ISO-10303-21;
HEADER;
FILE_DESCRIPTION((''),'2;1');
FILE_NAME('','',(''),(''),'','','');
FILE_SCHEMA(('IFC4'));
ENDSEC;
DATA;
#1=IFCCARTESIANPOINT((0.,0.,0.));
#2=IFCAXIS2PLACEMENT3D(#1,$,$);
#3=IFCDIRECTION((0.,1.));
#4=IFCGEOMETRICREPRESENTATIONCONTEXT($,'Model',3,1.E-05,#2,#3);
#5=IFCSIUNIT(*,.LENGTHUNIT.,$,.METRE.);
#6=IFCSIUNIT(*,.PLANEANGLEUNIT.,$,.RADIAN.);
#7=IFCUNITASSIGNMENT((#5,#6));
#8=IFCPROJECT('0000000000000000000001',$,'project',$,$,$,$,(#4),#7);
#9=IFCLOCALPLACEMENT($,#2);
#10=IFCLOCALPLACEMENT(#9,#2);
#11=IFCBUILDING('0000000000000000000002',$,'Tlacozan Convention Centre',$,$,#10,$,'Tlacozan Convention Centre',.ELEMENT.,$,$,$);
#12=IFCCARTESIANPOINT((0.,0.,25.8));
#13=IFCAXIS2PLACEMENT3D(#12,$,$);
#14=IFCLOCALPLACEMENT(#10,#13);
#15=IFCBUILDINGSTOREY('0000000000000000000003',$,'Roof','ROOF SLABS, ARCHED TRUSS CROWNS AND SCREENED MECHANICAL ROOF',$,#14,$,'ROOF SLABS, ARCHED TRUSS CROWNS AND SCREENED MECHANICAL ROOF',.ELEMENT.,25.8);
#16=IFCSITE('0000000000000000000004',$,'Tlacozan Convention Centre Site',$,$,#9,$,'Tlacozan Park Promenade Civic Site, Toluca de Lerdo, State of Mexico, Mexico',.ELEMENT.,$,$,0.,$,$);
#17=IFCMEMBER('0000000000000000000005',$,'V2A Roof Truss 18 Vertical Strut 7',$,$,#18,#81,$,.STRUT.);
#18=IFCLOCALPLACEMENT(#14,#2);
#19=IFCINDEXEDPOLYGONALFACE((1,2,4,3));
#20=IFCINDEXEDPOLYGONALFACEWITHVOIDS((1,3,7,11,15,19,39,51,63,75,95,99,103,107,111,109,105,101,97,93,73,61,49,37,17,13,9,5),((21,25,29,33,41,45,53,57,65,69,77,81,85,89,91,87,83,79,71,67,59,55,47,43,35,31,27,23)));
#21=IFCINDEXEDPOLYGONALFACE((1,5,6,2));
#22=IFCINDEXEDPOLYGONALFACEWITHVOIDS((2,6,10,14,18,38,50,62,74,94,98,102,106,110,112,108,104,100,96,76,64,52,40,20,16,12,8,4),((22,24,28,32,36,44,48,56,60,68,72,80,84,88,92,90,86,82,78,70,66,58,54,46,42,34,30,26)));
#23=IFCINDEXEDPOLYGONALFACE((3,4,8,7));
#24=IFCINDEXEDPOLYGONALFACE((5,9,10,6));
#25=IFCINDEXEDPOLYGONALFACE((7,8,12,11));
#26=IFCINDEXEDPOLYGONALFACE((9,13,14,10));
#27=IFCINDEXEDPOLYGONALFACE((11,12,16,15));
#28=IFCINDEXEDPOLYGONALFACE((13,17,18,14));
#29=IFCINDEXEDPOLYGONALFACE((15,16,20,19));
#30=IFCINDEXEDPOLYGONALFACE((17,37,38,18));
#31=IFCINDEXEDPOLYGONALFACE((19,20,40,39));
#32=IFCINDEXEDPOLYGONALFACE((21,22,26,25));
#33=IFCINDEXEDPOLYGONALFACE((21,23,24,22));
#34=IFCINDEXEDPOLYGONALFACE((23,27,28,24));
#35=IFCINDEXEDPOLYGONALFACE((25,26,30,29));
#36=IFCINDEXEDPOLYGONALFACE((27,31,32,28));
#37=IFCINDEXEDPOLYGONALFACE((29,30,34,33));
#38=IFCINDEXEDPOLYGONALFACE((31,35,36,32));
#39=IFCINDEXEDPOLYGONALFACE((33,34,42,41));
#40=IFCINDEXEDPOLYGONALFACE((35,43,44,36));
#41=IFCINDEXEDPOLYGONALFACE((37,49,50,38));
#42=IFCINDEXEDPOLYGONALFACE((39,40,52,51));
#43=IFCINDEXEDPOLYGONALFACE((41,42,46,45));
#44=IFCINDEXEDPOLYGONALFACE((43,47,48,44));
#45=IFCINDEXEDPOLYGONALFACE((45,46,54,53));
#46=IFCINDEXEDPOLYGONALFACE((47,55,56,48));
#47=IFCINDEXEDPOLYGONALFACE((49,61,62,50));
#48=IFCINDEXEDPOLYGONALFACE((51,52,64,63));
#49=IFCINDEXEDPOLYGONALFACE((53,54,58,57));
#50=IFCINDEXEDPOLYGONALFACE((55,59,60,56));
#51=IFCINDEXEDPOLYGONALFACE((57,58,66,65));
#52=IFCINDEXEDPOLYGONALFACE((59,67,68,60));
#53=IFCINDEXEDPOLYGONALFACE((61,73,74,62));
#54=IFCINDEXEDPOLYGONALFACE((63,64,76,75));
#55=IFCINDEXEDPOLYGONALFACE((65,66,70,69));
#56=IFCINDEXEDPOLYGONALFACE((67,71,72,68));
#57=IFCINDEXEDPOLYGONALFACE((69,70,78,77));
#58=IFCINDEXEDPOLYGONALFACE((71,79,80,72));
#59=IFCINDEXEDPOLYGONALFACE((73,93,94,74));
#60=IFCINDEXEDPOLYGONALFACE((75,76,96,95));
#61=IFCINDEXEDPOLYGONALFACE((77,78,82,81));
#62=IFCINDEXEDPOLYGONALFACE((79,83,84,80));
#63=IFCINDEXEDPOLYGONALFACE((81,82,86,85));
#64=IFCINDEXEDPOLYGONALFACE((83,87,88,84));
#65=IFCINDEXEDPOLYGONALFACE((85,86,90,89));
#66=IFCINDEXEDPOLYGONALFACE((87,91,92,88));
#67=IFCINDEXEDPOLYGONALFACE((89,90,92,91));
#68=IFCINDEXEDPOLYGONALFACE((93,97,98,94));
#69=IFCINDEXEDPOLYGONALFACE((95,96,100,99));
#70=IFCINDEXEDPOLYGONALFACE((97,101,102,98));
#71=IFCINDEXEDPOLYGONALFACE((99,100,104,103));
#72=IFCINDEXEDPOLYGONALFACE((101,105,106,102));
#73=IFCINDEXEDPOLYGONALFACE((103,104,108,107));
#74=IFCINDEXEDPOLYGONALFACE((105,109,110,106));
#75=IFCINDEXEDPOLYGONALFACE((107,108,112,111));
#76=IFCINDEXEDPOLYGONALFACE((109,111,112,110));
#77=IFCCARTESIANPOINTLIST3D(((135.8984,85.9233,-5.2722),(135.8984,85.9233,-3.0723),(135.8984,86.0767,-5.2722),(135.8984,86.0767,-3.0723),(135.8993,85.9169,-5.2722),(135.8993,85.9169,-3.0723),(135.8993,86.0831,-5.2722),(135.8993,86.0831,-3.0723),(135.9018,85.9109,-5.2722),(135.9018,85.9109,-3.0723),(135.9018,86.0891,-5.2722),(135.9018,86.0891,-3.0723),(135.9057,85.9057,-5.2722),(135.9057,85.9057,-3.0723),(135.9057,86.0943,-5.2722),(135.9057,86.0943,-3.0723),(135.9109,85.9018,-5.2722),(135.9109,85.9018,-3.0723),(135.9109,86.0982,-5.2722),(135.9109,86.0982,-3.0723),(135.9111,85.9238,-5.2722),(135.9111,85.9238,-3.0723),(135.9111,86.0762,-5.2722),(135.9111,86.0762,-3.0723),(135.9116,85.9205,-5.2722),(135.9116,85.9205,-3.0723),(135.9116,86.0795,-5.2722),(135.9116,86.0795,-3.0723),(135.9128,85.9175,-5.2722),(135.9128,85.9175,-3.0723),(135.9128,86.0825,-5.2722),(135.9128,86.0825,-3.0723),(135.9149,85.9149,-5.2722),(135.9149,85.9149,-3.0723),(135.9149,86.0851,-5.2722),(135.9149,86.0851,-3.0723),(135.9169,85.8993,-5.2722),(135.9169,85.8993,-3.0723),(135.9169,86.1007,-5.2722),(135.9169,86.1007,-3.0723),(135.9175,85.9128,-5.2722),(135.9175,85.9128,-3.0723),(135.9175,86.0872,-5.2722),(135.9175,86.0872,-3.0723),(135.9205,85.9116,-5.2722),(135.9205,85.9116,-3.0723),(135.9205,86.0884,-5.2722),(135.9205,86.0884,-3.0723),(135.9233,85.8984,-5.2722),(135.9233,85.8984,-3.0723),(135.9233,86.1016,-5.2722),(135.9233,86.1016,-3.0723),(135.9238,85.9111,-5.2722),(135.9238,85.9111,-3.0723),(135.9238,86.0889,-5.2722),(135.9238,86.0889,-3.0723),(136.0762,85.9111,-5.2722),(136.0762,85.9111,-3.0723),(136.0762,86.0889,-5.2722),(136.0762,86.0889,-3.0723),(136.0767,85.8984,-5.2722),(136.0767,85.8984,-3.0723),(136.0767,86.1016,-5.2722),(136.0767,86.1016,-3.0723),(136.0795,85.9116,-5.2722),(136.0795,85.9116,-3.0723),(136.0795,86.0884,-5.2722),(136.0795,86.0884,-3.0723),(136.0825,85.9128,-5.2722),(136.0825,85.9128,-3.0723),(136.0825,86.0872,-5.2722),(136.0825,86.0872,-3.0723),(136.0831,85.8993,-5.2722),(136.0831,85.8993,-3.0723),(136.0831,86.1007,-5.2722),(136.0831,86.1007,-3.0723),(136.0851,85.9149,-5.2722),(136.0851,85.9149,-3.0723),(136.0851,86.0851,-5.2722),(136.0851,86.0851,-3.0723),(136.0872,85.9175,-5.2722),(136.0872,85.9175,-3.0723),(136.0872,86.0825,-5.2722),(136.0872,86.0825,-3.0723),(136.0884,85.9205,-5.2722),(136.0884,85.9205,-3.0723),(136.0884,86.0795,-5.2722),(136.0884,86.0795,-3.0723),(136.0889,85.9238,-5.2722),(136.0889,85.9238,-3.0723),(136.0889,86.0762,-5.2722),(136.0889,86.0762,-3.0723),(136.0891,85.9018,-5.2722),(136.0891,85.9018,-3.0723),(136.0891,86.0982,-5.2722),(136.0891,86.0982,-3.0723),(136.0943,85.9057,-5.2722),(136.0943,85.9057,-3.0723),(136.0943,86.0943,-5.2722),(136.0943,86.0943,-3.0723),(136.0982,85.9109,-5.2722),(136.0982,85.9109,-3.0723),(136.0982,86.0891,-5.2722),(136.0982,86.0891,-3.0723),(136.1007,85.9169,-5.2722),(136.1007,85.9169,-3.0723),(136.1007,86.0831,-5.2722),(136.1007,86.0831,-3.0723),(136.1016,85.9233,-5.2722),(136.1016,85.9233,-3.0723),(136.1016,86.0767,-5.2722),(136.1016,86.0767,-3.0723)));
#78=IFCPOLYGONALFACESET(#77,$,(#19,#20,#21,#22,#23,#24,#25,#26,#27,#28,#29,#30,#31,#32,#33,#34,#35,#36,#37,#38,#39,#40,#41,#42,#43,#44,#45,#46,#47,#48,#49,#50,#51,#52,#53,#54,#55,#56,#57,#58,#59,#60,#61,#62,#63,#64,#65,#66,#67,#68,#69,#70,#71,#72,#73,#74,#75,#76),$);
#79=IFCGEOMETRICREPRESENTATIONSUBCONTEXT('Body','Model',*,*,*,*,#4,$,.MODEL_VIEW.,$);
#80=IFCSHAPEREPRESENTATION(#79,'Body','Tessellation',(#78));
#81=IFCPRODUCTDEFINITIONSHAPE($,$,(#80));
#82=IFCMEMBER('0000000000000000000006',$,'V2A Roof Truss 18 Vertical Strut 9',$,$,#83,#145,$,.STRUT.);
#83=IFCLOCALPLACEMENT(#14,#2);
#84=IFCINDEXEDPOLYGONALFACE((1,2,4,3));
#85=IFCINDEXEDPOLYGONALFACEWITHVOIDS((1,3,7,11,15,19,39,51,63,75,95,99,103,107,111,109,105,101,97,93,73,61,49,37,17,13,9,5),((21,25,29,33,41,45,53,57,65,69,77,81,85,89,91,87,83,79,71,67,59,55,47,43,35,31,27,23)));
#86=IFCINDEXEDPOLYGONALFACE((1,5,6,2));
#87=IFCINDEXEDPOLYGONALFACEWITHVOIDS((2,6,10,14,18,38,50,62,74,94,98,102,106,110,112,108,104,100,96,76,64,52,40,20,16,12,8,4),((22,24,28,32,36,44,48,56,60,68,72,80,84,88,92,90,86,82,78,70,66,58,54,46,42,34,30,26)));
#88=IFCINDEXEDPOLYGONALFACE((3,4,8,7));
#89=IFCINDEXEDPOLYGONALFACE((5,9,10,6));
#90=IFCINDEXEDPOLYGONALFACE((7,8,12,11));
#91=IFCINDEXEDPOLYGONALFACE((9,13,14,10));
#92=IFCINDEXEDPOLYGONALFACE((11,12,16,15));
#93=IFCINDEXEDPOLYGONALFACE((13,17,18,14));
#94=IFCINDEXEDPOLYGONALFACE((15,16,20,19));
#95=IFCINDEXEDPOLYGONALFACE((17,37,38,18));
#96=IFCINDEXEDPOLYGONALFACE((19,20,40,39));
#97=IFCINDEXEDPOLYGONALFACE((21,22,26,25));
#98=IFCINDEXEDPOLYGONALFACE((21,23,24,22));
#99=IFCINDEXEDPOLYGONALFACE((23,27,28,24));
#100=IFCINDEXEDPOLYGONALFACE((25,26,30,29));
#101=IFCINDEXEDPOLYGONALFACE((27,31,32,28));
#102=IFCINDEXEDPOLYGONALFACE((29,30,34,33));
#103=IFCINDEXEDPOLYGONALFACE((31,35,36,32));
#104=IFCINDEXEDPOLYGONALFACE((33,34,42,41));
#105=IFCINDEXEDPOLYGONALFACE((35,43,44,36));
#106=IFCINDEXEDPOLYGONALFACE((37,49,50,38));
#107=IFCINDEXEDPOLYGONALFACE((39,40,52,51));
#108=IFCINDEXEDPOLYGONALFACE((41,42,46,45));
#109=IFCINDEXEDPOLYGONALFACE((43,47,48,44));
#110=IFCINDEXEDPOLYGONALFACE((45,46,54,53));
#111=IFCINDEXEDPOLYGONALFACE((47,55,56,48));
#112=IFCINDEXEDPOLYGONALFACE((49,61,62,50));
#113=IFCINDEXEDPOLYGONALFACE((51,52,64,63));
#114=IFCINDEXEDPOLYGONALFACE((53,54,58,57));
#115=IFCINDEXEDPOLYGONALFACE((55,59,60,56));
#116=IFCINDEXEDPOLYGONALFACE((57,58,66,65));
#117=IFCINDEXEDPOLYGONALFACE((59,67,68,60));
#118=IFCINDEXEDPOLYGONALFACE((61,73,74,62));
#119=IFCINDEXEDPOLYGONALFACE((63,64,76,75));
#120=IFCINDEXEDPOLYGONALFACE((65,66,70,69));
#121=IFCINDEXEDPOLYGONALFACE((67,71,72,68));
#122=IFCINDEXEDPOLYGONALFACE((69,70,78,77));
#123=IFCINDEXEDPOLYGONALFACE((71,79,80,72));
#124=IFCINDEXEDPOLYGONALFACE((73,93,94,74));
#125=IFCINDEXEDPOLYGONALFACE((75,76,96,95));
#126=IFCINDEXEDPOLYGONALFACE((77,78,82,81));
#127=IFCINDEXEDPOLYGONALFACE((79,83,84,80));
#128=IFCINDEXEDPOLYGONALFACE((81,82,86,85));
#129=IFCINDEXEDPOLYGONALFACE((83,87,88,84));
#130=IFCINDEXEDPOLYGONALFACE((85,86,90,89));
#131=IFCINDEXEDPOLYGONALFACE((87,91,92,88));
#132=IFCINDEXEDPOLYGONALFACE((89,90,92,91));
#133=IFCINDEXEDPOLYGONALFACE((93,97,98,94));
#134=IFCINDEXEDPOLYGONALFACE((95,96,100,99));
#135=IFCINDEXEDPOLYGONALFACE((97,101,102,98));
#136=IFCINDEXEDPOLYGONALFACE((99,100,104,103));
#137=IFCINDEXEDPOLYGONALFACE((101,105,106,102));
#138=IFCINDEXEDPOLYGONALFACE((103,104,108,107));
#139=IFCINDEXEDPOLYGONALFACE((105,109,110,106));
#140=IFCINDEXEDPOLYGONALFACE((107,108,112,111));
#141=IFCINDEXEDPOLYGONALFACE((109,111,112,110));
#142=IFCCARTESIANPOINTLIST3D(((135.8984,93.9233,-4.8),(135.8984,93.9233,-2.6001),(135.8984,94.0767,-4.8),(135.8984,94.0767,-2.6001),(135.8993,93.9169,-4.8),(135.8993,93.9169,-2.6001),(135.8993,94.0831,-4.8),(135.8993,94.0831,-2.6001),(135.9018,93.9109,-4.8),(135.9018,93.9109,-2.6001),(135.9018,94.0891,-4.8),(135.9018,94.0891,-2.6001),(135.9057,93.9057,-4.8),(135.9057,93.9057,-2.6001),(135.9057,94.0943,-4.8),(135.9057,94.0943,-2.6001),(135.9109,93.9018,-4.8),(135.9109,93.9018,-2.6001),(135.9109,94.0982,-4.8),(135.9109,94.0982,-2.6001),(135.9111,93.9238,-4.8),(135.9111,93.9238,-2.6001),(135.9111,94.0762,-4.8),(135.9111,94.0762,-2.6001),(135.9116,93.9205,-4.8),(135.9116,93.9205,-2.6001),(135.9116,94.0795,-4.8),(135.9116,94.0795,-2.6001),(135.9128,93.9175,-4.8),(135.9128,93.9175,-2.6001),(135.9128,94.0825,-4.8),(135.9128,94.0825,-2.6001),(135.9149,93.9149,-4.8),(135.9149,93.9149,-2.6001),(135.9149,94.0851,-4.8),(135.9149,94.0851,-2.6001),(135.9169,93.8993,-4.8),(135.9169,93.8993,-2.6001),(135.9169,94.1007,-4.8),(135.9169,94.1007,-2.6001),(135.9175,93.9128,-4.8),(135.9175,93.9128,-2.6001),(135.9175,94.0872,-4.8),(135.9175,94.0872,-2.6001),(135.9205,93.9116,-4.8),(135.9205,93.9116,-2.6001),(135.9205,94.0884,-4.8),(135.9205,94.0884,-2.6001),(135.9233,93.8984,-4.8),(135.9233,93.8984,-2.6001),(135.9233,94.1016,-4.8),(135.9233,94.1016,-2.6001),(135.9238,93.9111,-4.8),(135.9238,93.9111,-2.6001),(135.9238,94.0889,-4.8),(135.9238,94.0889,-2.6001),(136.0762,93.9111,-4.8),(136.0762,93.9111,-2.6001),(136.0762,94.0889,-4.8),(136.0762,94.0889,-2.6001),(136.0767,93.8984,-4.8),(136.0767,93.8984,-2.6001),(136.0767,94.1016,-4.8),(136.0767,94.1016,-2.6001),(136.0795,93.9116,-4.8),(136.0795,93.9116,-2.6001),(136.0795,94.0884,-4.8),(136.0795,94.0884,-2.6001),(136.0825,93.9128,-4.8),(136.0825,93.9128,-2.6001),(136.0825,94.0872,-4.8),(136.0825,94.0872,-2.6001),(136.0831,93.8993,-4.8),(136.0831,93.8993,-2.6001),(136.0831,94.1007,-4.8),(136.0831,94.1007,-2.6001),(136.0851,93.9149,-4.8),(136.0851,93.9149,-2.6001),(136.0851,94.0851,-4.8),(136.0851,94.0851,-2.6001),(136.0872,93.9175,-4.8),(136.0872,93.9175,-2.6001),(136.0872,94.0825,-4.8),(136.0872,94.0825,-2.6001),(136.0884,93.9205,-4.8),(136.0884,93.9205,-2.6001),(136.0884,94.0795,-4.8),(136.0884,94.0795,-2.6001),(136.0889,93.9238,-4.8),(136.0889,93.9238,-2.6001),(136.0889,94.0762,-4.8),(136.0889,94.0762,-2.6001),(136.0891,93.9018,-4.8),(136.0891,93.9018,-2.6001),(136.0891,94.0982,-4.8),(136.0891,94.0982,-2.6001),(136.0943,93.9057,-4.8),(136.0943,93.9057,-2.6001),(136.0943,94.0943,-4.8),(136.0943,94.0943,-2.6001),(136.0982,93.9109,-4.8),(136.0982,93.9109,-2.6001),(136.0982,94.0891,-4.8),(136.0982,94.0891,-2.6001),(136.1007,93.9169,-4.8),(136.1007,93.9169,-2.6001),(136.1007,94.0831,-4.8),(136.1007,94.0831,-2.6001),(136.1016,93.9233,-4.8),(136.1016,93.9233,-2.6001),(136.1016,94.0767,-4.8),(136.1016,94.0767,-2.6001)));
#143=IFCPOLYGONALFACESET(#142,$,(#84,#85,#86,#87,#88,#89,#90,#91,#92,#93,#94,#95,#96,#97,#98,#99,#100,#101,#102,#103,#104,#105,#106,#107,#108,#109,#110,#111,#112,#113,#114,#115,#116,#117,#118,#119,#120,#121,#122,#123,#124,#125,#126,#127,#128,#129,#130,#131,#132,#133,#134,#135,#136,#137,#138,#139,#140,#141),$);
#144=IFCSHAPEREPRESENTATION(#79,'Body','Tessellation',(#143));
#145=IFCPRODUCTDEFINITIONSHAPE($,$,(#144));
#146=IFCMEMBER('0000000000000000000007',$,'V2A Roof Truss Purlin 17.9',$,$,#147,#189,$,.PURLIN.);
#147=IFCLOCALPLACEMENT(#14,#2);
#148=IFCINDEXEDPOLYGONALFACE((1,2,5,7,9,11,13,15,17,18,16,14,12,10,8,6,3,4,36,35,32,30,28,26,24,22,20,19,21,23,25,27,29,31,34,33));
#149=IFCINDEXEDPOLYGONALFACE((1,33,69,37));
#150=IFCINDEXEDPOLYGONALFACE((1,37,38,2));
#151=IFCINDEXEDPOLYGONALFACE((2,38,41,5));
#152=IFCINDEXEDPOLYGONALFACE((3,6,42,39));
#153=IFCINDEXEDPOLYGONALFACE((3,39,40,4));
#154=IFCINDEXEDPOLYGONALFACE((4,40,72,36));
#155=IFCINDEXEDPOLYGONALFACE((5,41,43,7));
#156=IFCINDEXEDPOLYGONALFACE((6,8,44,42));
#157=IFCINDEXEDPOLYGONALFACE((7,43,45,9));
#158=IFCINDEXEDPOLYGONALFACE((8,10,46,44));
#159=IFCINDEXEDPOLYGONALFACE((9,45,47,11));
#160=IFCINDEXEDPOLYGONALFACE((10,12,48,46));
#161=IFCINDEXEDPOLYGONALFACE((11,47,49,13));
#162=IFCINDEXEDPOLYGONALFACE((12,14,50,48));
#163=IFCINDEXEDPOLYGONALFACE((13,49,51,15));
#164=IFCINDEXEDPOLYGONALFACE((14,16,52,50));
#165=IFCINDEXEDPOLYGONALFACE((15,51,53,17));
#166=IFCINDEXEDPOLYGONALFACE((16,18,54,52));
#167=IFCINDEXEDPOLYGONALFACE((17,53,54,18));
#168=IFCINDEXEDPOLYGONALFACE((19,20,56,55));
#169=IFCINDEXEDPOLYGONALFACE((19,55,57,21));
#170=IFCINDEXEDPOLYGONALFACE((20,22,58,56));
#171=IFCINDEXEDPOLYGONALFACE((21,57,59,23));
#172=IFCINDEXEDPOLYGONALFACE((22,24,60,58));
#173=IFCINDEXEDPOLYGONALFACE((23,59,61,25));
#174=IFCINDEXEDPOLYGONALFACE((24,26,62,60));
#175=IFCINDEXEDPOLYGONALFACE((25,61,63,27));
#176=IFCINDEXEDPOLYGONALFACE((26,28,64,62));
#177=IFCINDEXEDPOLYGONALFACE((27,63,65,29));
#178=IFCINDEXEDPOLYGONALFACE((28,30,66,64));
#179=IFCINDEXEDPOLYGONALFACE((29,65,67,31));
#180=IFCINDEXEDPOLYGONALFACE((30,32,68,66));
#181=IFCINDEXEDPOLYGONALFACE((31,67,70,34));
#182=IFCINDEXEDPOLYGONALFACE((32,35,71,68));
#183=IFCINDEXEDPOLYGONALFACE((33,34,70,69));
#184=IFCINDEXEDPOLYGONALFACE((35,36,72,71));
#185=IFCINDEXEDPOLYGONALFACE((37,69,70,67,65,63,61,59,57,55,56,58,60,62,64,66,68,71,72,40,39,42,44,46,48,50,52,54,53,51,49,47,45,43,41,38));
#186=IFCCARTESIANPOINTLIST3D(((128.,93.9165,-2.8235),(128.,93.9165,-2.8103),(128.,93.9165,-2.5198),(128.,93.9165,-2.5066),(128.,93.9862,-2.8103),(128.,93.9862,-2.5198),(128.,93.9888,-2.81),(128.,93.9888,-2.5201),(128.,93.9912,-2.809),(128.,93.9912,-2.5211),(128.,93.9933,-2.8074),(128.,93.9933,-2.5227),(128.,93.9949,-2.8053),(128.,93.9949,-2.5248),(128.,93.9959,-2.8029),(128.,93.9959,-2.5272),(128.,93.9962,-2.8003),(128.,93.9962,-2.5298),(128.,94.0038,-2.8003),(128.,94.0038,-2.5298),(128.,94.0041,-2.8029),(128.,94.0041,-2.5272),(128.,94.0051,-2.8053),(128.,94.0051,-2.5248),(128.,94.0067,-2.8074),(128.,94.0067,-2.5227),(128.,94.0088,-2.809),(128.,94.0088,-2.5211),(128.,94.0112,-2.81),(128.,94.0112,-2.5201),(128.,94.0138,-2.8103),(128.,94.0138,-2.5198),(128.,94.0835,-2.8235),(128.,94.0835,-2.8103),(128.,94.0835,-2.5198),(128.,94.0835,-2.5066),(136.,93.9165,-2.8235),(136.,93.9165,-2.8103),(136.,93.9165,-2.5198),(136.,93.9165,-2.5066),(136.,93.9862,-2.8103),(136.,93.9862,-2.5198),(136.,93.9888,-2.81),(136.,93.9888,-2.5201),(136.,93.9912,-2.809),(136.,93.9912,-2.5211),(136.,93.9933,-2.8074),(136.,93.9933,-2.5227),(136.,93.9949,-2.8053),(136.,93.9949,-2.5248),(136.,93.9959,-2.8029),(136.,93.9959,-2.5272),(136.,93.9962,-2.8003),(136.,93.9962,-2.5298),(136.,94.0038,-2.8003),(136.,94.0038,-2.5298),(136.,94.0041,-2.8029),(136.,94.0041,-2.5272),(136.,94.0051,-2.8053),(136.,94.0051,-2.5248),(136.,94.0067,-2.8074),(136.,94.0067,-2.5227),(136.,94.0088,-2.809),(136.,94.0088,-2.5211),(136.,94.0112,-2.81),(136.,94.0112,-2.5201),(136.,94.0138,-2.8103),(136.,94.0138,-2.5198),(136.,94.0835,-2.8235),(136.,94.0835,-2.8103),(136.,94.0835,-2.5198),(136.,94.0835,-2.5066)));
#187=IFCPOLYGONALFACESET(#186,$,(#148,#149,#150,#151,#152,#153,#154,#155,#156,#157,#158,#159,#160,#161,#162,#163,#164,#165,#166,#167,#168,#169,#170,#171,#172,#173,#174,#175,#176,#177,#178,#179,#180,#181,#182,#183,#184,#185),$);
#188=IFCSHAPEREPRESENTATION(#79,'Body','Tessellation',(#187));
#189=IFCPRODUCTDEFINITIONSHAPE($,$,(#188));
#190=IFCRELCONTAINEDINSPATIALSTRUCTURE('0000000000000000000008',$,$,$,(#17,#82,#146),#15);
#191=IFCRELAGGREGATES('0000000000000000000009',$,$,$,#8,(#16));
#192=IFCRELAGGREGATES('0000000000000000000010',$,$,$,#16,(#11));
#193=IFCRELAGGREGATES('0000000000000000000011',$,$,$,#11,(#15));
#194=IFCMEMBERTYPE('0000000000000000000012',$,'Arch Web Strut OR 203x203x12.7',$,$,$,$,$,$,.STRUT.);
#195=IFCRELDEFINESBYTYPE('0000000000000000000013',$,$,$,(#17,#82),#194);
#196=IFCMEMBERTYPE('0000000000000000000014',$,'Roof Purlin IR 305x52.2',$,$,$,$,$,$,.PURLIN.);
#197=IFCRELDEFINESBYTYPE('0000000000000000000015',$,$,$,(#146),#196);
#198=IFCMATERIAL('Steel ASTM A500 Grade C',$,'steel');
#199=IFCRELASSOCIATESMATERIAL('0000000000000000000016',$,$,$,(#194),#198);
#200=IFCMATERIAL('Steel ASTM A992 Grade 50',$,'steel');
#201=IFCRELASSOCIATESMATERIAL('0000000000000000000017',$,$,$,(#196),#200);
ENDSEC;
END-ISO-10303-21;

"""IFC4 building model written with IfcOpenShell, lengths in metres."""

from ifc_helpers import new_model, si_unit, direction, frame, origin, origin_2d, place, context, subcontext, project, spatial, hollow_rectangle, i_section, extrude, material, material_profile, profile_set, type_object, element, save


model = new_model("IFC4")

# Units and contexts
model_context = context("Model", 3, precision=1e-05, world=origin(), true_north=direction((0.0, 1.0)))
body_context = subcontext(model_context, "Body", "Model", "MODEL_VIEW")
ifc_project = project(units=[si_unit("LENGTHUNIT", "METRE"), si_unit("PLANEANGLEUNIT", "RADIAN")], contexts=[model_context])

# Site, building, storey
site_placement = place(None, origin())
site = spatial("IfcSite", under=ifc_project, at=site_placement, Name="Tlacozan Convention Centre Site", LongName="Tlacozan Park Promenade Civic Site, Toluca de Lerdo, State of Mexico, Mexico", CompositionType="ELEMENT", RefElevation=0.0)
building_placement = place(site_placement, origin())
building = spatial("IfcBuilding", under=site, at=building_placement, Name="Tlacozan Convention Centre", LongName="Tlacozan Convention Centre", CompositionType="ELEMENT")
storey_placement = place(building_placement, frame((0.0, 0.0, 25.8)))
storey = spatial("IfcBuildingStorey", under=building, at=storey_placement, Name="Roof", Description="ROOF SLABS, ARCHED TRUSS CROWNS AND SCREENED MECHANICAL ROOF", LongName="ROOF SLABS, ARCHED TRUSS CROWNS AND SCREENED MECHANICAL ROOF", CompositionType="ELEMENT", Elevation=25.8)

# Members
ifc_material_1 = material(Name="Steel ASTM A500 Grade C", Category="steel")
ifc_material_profile_1 = material_profile(ifc_material_1, hollow_rectangle(XDim=0.2031, YDim=0.2031, WallThickness=0.0127, InnerFilletRadius=0.0127, OuterFilletRadius=0.0249, at=origin_2d()), Name="OR 203x203x12.7")
ifc_profile_set_1 = profile_set([ifc_material_profile_1], Name="Steel ASTM A500 Grade C")
member_type_1 = type_object("IfcMemberType", Name="Arch Web Strut OR 203x203x12.7", PredefinedType="STRUT", material=ifc_profile_set_1)
for number, where, z_axis, x_axis, name in (
    (1, (136.0, 86.0, -5.2722), (0.0, 0.0, 1.0), (1.0, 0.0, 0.0), "V2A Roof Truss 18 Vertical Strut 7"),
    (2, (136.0, 94.0, -4.8), (0.0, 0.0, 1.0), (1.0, 0.0, 0.0), "V2A Roof Truss 18 Vertical Strut 9"),
):
    element("IfcMember", number, at=place(storey_placement, frame(where, z_axis=z_axis, x_axis=x_axis)), inside=storey, type_object=member_type_1, Name=name, PredefinedType="STRUT", context=body_context, shape_type="SweptSolid", body=[
        extrude(hollow_rectangle(XDim=0.2031, YDim=0.2031, WallThickness=0.0127, InnerFilletRadius=0.0127, OuterFilletRadius=0.0249, at=origin_2d()), origin(), (0.0, 0.0, 1.0), 2.2),
    ])
ifc_material_2 = material(Name="Steel ASTM A992 Grade 50", Category="steel")
ifc_material_profile_2 = material_profile(ifc_material_2, i_section(OverallWidth=0.167, OverallDepth=0.3169, WebThickness=0.0076, FlangeThickness=0.0132, FilletRadius=0.01, at=origin_2d()), Name="IR 305x52.2")
ifc_profile_set_2 = profile_set([ifc_material_profile_2], Name="Steel ASTM A992 Grade 50")
member_type_2 = type_object("IfcMemberType", Name="Roof Purlin IR 305x52.2", PredefinedType="PURLIN", material=ifc_profile_set_2)
for number, where, z_axis, x_axis, name in (
    (3, (128.0, 94.0, -2.665), (1.0, 0.0, 0.0), (0.0, 1.0, 0.0), "V2A Roof Truss Purlin 17.9"),
):
    element("IfcMember", number, at=place(storey_placement, frame(where, z_axis=z_axis, x_axis=x_axis)), inside=storey, type_object=member_type_2, Name=name, PredefinedType="PURLIN", context=body_context, shape_type="SweptSolid", body=[
        extrude(i_section(OverallWidth=0.167, OverallDepth=0.3169, WebThickness=0.0076, FlangeThickness=0.0132, FilletRadius=0.01, at=origin_2d()), origin(), (0.0, 0.0, 1.0), 8.0),
    ])

save(model, "model.ifc")
